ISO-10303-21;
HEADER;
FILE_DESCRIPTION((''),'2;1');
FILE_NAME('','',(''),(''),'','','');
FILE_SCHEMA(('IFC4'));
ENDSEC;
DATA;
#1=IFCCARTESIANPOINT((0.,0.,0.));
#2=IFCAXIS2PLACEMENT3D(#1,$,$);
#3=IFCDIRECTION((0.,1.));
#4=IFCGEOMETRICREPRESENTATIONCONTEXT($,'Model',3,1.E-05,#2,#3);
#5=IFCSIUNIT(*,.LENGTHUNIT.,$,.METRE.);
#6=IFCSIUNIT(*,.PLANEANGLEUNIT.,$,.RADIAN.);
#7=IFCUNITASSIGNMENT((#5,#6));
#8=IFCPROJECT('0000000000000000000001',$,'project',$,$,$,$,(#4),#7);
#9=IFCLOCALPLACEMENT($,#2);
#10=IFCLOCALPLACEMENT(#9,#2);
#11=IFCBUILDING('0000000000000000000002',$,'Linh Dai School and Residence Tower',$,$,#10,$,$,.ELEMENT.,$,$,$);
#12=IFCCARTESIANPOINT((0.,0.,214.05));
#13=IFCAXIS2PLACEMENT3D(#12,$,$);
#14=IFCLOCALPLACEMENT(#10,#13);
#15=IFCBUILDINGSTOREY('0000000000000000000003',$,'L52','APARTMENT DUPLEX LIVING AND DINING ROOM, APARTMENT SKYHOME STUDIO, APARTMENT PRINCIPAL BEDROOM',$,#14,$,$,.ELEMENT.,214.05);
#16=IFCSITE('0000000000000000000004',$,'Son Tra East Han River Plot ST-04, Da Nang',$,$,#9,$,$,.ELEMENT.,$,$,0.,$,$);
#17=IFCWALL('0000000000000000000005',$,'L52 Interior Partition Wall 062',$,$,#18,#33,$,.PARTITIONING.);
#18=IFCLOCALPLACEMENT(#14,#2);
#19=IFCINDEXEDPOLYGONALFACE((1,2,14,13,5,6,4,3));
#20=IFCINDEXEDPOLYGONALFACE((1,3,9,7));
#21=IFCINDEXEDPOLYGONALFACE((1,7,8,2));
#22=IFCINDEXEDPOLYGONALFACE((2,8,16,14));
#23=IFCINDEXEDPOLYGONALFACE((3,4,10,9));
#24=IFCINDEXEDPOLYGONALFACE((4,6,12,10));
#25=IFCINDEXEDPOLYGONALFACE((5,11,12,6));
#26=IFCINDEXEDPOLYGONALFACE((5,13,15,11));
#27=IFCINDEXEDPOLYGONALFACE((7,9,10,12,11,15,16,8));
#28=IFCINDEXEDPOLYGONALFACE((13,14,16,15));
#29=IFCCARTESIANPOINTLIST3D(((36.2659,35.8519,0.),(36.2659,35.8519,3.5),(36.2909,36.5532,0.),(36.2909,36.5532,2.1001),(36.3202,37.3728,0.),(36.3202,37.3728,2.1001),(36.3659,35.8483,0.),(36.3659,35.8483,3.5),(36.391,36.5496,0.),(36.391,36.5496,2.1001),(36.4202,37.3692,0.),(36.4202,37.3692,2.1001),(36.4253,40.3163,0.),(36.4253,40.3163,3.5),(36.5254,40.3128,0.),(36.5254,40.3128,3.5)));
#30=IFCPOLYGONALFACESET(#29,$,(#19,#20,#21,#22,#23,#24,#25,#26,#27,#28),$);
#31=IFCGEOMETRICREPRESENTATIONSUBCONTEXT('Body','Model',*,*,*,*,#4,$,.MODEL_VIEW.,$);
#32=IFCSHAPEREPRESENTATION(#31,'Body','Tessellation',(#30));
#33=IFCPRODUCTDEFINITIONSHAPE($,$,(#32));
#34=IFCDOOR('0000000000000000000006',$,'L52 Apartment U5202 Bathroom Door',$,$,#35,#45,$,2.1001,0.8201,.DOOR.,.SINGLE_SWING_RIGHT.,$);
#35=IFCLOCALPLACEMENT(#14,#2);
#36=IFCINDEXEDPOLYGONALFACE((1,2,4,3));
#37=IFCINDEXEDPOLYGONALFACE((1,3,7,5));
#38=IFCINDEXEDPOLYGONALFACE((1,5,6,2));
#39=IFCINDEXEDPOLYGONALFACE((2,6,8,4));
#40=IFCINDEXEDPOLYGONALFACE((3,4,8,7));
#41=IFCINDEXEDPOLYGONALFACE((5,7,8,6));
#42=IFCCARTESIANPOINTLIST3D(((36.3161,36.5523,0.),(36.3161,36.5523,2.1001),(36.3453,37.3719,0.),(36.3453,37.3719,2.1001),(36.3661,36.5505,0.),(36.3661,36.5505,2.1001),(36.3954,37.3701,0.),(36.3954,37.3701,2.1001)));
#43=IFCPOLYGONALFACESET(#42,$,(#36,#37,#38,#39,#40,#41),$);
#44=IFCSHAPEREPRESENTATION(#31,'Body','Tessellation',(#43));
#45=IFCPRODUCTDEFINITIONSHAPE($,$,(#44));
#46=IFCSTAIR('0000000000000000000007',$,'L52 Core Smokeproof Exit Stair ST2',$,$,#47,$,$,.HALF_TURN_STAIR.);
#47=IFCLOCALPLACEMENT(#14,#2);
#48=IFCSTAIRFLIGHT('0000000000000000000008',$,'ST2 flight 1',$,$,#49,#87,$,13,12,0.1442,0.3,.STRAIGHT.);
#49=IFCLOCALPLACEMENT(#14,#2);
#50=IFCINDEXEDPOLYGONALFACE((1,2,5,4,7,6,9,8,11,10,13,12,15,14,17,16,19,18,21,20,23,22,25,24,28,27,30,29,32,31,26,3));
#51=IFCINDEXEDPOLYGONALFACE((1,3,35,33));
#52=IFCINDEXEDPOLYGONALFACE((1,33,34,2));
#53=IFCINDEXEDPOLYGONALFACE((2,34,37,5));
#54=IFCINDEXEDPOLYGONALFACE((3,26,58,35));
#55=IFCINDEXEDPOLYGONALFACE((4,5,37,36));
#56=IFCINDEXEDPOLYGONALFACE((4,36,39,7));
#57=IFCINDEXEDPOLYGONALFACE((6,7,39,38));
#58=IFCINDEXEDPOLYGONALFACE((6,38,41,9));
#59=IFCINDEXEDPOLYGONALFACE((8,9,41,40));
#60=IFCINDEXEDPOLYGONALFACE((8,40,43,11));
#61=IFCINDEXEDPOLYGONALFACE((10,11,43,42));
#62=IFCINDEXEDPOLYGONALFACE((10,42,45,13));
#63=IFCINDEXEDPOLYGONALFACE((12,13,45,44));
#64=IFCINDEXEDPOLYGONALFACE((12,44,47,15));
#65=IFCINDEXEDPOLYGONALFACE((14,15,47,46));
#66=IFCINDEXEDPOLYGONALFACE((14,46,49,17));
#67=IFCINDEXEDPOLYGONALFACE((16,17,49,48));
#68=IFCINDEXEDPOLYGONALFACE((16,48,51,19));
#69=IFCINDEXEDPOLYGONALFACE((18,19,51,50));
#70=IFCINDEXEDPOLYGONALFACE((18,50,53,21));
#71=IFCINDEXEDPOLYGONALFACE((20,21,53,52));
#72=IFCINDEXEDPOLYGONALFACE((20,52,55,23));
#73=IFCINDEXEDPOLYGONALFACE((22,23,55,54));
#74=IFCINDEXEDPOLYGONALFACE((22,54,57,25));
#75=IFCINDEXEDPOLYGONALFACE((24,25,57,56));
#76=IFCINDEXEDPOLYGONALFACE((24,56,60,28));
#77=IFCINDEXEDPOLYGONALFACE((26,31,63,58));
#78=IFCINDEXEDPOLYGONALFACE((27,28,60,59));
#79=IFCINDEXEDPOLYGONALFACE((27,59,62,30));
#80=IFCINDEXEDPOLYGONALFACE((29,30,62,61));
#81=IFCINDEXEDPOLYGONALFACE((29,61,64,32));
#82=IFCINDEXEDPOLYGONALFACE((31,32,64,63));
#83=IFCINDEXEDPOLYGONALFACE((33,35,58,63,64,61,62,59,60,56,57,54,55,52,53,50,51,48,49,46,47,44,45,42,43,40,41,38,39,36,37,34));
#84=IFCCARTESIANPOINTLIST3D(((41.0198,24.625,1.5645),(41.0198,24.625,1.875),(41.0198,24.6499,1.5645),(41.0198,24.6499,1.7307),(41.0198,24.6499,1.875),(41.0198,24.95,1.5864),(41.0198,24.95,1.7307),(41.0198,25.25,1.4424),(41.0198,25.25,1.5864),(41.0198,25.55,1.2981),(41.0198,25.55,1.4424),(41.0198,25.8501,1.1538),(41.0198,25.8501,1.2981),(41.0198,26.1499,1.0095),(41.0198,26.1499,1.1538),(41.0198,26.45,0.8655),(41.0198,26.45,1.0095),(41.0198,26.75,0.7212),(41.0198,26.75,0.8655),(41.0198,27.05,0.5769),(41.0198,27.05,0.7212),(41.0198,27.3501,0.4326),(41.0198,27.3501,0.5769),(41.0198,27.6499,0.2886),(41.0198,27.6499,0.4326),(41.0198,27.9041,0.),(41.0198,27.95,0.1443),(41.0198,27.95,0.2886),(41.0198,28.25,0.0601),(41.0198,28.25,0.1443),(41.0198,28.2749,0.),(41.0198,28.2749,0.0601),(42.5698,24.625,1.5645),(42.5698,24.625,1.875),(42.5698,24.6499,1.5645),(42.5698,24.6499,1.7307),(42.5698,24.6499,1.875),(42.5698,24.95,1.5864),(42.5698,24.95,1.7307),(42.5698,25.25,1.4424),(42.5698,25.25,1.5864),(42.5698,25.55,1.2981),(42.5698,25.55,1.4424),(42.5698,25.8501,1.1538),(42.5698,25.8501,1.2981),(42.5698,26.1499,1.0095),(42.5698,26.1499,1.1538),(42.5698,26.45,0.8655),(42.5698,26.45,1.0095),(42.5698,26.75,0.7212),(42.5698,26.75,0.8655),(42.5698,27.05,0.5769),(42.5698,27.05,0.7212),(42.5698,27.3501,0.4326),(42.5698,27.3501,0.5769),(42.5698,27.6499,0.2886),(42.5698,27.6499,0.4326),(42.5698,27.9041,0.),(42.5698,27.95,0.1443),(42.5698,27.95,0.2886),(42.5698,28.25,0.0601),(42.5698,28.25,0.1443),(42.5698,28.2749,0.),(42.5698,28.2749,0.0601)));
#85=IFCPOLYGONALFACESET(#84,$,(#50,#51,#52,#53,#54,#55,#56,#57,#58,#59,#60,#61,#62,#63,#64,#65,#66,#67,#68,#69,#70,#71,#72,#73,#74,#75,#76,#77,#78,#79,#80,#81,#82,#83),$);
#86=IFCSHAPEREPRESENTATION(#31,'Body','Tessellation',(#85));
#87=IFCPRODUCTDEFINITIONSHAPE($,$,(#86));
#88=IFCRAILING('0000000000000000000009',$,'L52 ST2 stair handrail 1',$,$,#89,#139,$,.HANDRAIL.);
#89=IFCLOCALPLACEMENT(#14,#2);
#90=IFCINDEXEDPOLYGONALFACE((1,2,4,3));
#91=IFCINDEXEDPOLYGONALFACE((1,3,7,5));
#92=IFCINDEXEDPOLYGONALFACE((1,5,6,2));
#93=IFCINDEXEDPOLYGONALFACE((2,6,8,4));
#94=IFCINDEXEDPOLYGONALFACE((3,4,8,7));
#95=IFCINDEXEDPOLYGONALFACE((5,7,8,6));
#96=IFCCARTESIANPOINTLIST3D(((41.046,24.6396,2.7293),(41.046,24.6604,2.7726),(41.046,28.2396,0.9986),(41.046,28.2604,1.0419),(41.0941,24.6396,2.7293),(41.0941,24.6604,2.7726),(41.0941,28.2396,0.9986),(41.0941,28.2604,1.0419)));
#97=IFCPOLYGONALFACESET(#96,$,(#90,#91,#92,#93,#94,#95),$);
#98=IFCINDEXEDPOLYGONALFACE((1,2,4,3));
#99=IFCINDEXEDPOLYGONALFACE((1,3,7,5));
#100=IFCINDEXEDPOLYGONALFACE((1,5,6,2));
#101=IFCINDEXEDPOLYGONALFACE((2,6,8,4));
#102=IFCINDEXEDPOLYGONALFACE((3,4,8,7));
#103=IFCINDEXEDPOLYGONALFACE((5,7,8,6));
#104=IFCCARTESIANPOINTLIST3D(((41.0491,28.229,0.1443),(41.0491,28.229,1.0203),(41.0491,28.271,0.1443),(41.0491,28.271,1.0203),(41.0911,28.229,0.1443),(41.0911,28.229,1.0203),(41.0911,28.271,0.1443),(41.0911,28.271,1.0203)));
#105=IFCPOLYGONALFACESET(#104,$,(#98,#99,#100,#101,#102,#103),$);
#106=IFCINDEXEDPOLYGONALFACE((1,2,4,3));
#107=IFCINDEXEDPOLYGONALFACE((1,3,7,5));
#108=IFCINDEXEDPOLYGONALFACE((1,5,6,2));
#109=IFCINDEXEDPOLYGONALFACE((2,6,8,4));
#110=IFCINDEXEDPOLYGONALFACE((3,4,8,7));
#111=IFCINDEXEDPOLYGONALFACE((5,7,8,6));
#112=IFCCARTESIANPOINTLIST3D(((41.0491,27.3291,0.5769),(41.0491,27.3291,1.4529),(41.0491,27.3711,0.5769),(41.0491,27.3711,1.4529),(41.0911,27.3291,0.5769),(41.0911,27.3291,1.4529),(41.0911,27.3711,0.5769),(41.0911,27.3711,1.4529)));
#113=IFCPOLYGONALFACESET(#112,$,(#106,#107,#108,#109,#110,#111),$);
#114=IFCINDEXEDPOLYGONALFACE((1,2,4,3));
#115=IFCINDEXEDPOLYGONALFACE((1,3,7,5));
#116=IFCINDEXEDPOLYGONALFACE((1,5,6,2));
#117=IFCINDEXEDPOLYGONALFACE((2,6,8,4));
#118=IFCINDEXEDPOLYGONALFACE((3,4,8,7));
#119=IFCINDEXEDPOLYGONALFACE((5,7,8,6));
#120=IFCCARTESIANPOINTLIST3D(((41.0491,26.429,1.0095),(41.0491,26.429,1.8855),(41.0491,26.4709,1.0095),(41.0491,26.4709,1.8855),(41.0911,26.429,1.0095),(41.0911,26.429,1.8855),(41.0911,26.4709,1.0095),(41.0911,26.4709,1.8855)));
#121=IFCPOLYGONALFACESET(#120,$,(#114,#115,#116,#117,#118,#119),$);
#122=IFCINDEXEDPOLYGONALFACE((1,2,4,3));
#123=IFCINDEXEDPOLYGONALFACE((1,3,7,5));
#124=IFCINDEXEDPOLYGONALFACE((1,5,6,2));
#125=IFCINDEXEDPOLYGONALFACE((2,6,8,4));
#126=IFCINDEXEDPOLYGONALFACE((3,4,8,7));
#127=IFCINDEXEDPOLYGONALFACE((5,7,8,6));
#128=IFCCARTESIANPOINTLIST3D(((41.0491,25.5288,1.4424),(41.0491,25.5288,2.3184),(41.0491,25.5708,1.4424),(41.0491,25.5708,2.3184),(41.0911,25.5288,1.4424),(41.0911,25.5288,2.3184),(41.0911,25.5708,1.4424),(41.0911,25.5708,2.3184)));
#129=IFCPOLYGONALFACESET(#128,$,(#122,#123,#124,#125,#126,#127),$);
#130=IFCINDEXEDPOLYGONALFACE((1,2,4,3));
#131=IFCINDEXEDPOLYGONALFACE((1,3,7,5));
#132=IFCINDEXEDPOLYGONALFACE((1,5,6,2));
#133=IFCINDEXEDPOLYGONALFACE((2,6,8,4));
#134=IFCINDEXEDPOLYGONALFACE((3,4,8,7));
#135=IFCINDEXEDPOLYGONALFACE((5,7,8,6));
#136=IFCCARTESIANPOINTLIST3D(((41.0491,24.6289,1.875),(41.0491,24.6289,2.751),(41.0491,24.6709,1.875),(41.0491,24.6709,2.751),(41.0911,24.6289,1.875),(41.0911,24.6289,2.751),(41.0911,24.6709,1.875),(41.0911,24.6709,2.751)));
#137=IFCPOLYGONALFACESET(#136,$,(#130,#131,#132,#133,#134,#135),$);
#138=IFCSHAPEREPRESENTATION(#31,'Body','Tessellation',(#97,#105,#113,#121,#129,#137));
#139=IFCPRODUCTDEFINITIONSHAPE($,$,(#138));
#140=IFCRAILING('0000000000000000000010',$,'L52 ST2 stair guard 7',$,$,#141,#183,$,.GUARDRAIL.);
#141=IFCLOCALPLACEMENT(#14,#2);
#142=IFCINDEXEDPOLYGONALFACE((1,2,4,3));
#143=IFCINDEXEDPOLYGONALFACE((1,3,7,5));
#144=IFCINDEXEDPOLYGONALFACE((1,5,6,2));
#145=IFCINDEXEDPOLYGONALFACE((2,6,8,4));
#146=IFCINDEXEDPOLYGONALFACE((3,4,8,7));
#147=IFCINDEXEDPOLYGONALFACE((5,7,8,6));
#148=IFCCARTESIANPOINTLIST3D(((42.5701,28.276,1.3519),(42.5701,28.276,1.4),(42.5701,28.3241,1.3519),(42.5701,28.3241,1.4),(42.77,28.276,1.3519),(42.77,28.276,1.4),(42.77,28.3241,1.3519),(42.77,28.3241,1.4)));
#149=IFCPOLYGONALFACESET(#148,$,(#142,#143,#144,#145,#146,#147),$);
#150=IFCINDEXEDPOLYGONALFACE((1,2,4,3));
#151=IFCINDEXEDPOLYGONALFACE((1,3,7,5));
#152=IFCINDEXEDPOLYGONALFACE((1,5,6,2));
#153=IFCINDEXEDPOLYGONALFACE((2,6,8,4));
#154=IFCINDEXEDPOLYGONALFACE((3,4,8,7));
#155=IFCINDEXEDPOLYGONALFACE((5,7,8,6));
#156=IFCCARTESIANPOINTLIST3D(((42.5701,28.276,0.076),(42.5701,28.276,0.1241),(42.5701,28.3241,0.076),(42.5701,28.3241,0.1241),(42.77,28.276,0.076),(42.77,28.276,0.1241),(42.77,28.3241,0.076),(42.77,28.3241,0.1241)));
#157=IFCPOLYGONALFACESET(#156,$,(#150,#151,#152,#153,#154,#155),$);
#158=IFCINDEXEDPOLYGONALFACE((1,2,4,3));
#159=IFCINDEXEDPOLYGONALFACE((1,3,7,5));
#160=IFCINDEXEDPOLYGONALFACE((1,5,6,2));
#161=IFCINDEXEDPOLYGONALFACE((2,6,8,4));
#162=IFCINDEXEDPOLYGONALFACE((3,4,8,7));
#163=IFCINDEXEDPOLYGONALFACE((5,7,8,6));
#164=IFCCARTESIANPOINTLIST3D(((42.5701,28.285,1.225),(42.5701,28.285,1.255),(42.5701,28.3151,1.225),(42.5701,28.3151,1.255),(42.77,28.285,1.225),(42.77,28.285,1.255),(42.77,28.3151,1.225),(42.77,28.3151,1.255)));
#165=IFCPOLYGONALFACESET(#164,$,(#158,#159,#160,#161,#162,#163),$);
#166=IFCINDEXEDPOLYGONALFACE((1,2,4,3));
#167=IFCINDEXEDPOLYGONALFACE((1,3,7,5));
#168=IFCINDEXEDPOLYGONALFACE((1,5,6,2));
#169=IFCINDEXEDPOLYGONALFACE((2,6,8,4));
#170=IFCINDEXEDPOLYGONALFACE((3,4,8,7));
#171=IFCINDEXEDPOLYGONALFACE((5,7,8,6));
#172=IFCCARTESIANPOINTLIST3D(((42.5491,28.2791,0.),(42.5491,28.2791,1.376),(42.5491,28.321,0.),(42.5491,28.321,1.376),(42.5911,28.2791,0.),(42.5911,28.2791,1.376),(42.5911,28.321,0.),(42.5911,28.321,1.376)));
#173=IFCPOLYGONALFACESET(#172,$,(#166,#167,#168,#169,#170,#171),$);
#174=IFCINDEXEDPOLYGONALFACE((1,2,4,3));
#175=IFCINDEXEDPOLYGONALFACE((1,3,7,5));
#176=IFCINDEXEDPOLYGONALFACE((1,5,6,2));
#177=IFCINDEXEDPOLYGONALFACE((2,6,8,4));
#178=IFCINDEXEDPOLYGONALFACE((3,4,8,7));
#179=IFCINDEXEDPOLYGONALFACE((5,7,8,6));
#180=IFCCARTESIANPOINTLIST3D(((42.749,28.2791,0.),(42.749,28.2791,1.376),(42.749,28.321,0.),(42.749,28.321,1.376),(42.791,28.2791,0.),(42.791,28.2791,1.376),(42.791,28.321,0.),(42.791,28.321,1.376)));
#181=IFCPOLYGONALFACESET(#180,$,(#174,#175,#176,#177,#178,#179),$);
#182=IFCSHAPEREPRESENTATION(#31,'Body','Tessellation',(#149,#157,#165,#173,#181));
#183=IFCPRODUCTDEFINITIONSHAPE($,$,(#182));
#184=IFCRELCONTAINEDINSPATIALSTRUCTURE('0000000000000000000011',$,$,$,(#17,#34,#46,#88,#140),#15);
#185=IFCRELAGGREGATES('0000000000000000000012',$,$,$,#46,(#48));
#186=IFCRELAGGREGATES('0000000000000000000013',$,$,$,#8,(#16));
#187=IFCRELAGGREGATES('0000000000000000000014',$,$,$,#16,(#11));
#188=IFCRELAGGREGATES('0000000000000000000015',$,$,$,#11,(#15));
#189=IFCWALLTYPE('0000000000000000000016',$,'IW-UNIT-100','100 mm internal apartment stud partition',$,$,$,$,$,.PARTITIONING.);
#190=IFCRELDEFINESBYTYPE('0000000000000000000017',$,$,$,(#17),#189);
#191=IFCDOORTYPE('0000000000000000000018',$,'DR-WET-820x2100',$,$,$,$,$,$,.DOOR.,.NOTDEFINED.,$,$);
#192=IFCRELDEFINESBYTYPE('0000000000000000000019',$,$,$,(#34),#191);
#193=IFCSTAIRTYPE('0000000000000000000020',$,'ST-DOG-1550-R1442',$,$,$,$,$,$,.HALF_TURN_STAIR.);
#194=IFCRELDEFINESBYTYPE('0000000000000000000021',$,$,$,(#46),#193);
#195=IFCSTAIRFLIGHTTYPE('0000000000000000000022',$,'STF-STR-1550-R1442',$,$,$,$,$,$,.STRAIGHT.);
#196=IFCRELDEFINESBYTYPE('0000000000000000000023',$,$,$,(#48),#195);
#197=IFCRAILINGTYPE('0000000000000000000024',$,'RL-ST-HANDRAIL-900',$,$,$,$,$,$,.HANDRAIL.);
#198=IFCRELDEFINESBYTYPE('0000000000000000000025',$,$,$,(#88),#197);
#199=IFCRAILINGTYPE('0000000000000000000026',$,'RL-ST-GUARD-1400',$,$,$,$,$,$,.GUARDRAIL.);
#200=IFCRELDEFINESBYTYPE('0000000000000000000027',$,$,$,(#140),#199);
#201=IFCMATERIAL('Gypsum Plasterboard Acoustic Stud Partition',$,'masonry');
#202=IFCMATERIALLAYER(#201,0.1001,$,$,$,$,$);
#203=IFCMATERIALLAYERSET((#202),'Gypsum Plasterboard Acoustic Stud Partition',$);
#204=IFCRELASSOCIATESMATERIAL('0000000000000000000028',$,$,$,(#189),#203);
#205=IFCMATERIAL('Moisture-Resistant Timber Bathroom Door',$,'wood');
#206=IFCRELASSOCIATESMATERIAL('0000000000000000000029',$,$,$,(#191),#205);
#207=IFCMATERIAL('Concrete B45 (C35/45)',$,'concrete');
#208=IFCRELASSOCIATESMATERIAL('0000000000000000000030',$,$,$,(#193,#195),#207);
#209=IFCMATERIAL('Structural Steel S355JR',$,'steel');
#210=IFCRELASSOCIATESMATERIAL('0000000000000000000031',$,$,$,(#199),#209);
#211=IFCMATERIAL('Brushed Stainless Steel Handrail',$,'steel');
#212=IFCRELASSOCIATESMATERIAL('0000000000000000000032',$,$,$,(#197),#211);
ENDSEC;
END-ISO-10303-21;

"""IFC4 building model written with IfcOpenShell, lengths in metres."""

from ifc_helpers import new_model, si_unit, direction, frame, frame_2d, origin, origin_2d, place, context, subcontext, project, spatial, polyline, rectangle, outline, extrude, source, transform, mapped, material, layer, layer_set, type_object, element, fill, aggregate, save


model = new_model("IFC4")

# Units and contexts
model_context = context("Model", 3, precision=1e-05, world=origin(), true_north=direction((0.0, 1.0)))
body_context = subcontext(model_context, "Body", "Model", "MODEL_VIEW")
ifc_project = project(units=[si_unit("LENGTHUNIT", "METRE"), si_unit("PLANEANGLEUNIT", "RADIAN")], contexts=[model_context])

# Site, building, storey
site_placement = place(None, origin())
site = spatial("IfcSite", under=ifc_project, at=site_placement, Name="Son Tra East Han River Plot ST-04, Da Nang", CompositionType="ELEMENT", RefElevation=0.0)
building_placement = place(site_placement, origin())
building = spatial("IfcBuilding", under=site, at=building_placement, Name="Linh Dai School and Residence Tower", CompositionType="ELEMENT")
storey_placement = place(building_placement, frame((0.0, 0.0, 214.05)))
storey = spatial("IfcBuildingStorey", under=building, at=storey_placement, Name="L52", Description="APARTMENT DUPLEX LIVING AND DINING ROOM, APARTMENT SKYHOME STUDIO, APARTMENT PRINCIPAL BEDROOM", CompositionType="ELEMENT", Elevation=214.05)

# Shared definitions
ifc_material_1 = material(Name="Structural Steel S355JR", Category="steel")

# Shared definitions
ifc_material_2 = material(Name="Concrete B45 (C35/45)", Category="concrete")

# Wall, opening, door
ifc_material_3 = material(Name="Gypsum Plasterboard Acoustic Stud Partition", Category="masonry")
ifc_layer_1 = layer(ifc_material_3, 0.1001)
ifc_layer_set_1 = layer_set([ifc_layer_1], Name="Gypsum Plasterboard Acoustic Stud Partition")
wall_type_1 = type_object("IfcWallType", Name="IW-UNIT-100", Description="100 mm internal apartment stud partition", PredefinedType="PARTITIONING", material=ifc_layer_set_1)
wall_1_placement = place(storey_placement, frame((36.3159, 35.8501, 0.0), z_axis=(0.0, 0.0, 1.0), x_axis=(0.035688, 0.999363, 0.0)))
wall_1 = element("IfcWall", 1, at=wall_1_placement, inside=storey, type_object=wall_type_1, Name="L52 Interior Partition Wall 062", PredefinedType="PARTITIONING", context=body_context, shape_type="SweptSolid", body=[
    extrude(rectangle(XDim=4.4673, YDim=0.1001, at=frame_2d((2.2336, 0.0))), origin(), (0.0, 0.0, 1.0), 3.5),
])
opening_1_placement = place(wall_1_placement, frame((0.7017, 0.0, 0.0)))
opening_1 = element("IfcOpeningElement", 2, at=opening_1_placement, cuts=wall_1, PredefinedType="OPENING", context=body_context, shape_type="SweptSolid", body=[
    extrude(rectangle(XDim=0.8201, YDim=2.1001, at=origin_2d()), frame((0.4102, 0.0601, 1.05), z_axis=(0.0, -1.0, 0.0), x_axis=(1.0, 0.0, 0.0)), (0.0, 0.0, 1.0), 0.1201),
])
ifc_material_4 = material(Name="Moisture-Resistant Timber Bathroom Door", Category="wood")
door_type_1 = type_object("IfcDoorType", Name="DR-WET-820x2100", OperationType="NOTDEFINED", PredefinedType="DOOR", material=ifc_material_4)
shared_shape_1 = source(origin(), body_context, "Body", "SweptSolid", [
    extrude(rectangle(XDim=0.8201, YDim=2.1001, at=origin_2d()), frame((0.4102, 0.0249, 1.05), z_axis=(0.0, -1.0, 0.0), x_axis=(1.0, 0.0, 0.0)), (0.0, 0.0, 1.0), 0.05),
])
door_1_placement = place(opening_1_placement, origin())
door_1 = element("IfcDoor", 3, at=door_1_placement, inside=storey, type_object=door_type_1, Name="L52 Apartment U5202 Bathroom Door", OperationType="SINGLE_SWING_RIGHT", OverallHeight=2.1001, OverallWidth=0.8201, PredefinedType="DOOR", context=body_context, shape_type="MappedRepresentation", body=[
    mapped(shared_shape_1, transform((0.0, 0.0, 0.0), x_axis=(1.0, 0.0, 0.0), y_axis=(0.0, 1.0, 0.0), z_axis=(0.0, 0.0, 1.0), scale=1.0)),
])
fill(opening_1, door_1)

# Stair, stair flight
stair_type = type_object("IfcStairType", Name="ST-DOG-1550-R1442", PredefinedType="HALF_TURN_STAIR", material=ifc_material_2)
stair_placement = place(storey_placement, origin())
stair = element("IfcStair", 4, at=stair_placement, inside=storey, type_object=stair_type, Name="L52 Core Smokeproof Exit Stair ST2", PredefinedType="HALF_TURN_STAIR")
stair_flight_type = type_object("IfcStairFlightType", Name="STF-STR-1550-R1442", PredefinedType="STRAIGHT", material=ifc_material_2)
shared_shape_2 = source(origin(), body_context, "Body", "SweptSolid", [
    extrude(outline(polyline([(-0.0249, 0.0), (-0.0249, 0.0601), (0.0, 0.0601), (0.0, 0.1443), (0.3, 0.1443), (0.3, 0.2886), (0.6001, 0.2886), (0.6001, 0.4326), (0.8999, 0.4326), (0.8999, 0.5769), (1.2, 0.5769), (1.2, 0.7212), (1.5, 0.7212), (1.5, 0.8655), (1.8, 0.8655), (1.8, 1.0095), (2.1001, 1.0095), (2.1001, 1.1538), (2.3999, 1.1538), (2.3999, 1.2981), (2.7, 1.2981), (2.7, 1.4424), (3.0, 1.4424), (3.0, 1.5864), (3.3, 1.5864), (3.3, 1.7307), (3.6001, 1.7307), (3.6001, 1.875), (3.625, 1.875), (3.625, 1.5645), (3.6001, 1.5645), (0.3459, 0.0), (-0.0249, 0.0)])), frame((0.0, 0.7749, 0.0), z_axis=(0.0, -1.0, 0.0), x_axis=(1.0, 0.0, 0.0)), (0.0, 0.0, 1.0), 1.55),
])
stair_flight_placement = place(storey_placement, frame((41.7949, 28.25, 0.0), z_axis=(0.0, 0.0, 1.0), x_axis=(0.0, -1.0, 0.0)))
stair_flight = element("IfcStairFlight", 5, at=stair_flight_placement, type_object=stair_flight_type, Name="ST2 flight 1", NumberOfRisers=13, NumberOfTreads=12, PredefinedType="STRAIGHT", RiserHeight=0.1442, TreadLength=0.3, context=body_context, shape_type="MappedRepresentation", body=[
    mapped(shared_shape_2, transform((0.0, 0.0, 0.0), x_axis=(1.0, 0.0, 0.0), y_axis=(0.0, 1.0, 0.0), z_axis=(0.0, 0.0, 1.0), scale=1.0)),
])
aggregate(stair, [stair_flight])

# Railings
railing_type_1 = type_object("IfcRailingType", Name="RL-ST-GUARD-1400", PredefinedType="GUARDRAIL", material=ifc_material_1)
ifc_material_5 = material(Name="Brushed Stainless Steel Handrail", Category="steel")
railing_type_2 = type_object("IfcRailingType", Name="RL-ST-HANDRAIL-900", PredefinedType="HANDRAIL", material=ifc_material_5)
shared_shape_3 = source(origin(), body_context, "Body", "SweptSolid", [
    extrude(rectangle(XDim=0.0481, YDim=0.0481, at=origin_2d()), frame((0.0, 0.0, 0.876), z_axis=(0.0, -0.901263, 0.433273), x_axis=(1.0, 0.0, 0.0)), (0.0, 0.0, 1.0), 3.9944),
    extrude(rectangle(XDim=0.042, YDim=0.042, at=origin_2d()), origin(), (0.0, 0.0, 1.0), 0.876),
    extrude(rectangle(XDim=0.042, YDim=0.042, at=origin_2d()), frame((0.0, -0.8999, 0.4326)), (0.0, 0.0, 1.0), 0.876),
    extrude(rectangle(XDim=0.042, YDim=0.042, at=origin_2d()), frame((0.0, -1.8, 0.8652)), (0.0, 0.0, 1.0), 0.876),
    extrude(rectangle(XDim=0.042, YDim=0.042, at=origin_2d()), frame((0.0, -2.7002, 1.2981)), (0.0, 0.0, 1.0), 0.876),
    extrude(rectangle(XDim=0.042, YDim=0.042, at=origin_2d()), frame((0.0, -3.6001, 1.7307)), (0.0, 0.0, 1.0), 0.876),
])
railing_1_placement = place(storey_placement, frame((41.0701, 28.25, 0.1443)))
element("IfcRailing", 6, at=railing_1_placement, inside=storey, type_object=railing_type_2, Name="L52 ST2 stair handrail 1", PredefinedType="HANDRAIL", context=body_context, shape_type="MappedRepresentation", body=[
    mapped(shared_shape_3, transform((0.0, 0.0, 0.0), x_axis=(1.0, 0.0, 0.0), y_axis=(0.0, 1.0, 0.0), z_axis=(0.0, 0.0, 1.0), scale=1.0)),
])
shared_shape_4 = source(origin(), body_context, "Body", "SweptSolid", [
    extrude(rectangle(XDim=0.0481, YDim=0.0481, at=origin_2d()), frame((0.0, 0.0, 1.376), z_axis=(1.0, 0.0, 0.0), x_axis=(0.0, 1.0, 0.0)), (0.0, 0.0, 1.0), 0.2),
    extrude(rectangle(XDim=0.0481, YDim=0.0481, at=origin_2d()), frame((0.0, 0.0, 0.1001), z_axis=(1.0, 0.0, 0.0), x_axis=(0.0, 1.0, 0.0)), (0.0, 0.0, 1.0), 0.2),
    extrude(rectangle(XDim=0.03, YDim=0.03, at=origin_2d()), frame((0.0, 0.0, 1.24), z_axis=(1.0, 0.0, 0.0), x_axis=(0.0, 1.0, 0.0)), (0.0, 0.0, 1.0), 0.2),
    extrude(rectangle(XDim=0.042, YDim=0.042, at=origin_2d()), origin(), (0.0, 0.0, 1.0), 1.376),
    extrude(rectangle(XDim=0.042, YDim=0.042, at=origin_2d()), frame((0.2, 0.0, 0.0)), (0.0, 0.0, 1.0), 1.376),
])
railing_2_placement = place(storey_placement, frame((42.5701, 28.3, 0.0)))
element("IfcRailing", 7, at=railing_2_placement, inside=storey, type_object=railing_type_1, Name="L52 ST2 stair guard 7", PredefinedType="GUARDRAIL", context=body_context, shape_type="MappedRepresentation", body=[
    mapped(shared_shape_4, transform((0.0, 0.0, 0.0), x_axis=(1.0, 0.0, 0.0), y_axis=(0.0, 1.0, 0.0), z_axis=(0.0, 0.0, 1.0), scale=1.0)),
])

save(model, "model.ifc")
